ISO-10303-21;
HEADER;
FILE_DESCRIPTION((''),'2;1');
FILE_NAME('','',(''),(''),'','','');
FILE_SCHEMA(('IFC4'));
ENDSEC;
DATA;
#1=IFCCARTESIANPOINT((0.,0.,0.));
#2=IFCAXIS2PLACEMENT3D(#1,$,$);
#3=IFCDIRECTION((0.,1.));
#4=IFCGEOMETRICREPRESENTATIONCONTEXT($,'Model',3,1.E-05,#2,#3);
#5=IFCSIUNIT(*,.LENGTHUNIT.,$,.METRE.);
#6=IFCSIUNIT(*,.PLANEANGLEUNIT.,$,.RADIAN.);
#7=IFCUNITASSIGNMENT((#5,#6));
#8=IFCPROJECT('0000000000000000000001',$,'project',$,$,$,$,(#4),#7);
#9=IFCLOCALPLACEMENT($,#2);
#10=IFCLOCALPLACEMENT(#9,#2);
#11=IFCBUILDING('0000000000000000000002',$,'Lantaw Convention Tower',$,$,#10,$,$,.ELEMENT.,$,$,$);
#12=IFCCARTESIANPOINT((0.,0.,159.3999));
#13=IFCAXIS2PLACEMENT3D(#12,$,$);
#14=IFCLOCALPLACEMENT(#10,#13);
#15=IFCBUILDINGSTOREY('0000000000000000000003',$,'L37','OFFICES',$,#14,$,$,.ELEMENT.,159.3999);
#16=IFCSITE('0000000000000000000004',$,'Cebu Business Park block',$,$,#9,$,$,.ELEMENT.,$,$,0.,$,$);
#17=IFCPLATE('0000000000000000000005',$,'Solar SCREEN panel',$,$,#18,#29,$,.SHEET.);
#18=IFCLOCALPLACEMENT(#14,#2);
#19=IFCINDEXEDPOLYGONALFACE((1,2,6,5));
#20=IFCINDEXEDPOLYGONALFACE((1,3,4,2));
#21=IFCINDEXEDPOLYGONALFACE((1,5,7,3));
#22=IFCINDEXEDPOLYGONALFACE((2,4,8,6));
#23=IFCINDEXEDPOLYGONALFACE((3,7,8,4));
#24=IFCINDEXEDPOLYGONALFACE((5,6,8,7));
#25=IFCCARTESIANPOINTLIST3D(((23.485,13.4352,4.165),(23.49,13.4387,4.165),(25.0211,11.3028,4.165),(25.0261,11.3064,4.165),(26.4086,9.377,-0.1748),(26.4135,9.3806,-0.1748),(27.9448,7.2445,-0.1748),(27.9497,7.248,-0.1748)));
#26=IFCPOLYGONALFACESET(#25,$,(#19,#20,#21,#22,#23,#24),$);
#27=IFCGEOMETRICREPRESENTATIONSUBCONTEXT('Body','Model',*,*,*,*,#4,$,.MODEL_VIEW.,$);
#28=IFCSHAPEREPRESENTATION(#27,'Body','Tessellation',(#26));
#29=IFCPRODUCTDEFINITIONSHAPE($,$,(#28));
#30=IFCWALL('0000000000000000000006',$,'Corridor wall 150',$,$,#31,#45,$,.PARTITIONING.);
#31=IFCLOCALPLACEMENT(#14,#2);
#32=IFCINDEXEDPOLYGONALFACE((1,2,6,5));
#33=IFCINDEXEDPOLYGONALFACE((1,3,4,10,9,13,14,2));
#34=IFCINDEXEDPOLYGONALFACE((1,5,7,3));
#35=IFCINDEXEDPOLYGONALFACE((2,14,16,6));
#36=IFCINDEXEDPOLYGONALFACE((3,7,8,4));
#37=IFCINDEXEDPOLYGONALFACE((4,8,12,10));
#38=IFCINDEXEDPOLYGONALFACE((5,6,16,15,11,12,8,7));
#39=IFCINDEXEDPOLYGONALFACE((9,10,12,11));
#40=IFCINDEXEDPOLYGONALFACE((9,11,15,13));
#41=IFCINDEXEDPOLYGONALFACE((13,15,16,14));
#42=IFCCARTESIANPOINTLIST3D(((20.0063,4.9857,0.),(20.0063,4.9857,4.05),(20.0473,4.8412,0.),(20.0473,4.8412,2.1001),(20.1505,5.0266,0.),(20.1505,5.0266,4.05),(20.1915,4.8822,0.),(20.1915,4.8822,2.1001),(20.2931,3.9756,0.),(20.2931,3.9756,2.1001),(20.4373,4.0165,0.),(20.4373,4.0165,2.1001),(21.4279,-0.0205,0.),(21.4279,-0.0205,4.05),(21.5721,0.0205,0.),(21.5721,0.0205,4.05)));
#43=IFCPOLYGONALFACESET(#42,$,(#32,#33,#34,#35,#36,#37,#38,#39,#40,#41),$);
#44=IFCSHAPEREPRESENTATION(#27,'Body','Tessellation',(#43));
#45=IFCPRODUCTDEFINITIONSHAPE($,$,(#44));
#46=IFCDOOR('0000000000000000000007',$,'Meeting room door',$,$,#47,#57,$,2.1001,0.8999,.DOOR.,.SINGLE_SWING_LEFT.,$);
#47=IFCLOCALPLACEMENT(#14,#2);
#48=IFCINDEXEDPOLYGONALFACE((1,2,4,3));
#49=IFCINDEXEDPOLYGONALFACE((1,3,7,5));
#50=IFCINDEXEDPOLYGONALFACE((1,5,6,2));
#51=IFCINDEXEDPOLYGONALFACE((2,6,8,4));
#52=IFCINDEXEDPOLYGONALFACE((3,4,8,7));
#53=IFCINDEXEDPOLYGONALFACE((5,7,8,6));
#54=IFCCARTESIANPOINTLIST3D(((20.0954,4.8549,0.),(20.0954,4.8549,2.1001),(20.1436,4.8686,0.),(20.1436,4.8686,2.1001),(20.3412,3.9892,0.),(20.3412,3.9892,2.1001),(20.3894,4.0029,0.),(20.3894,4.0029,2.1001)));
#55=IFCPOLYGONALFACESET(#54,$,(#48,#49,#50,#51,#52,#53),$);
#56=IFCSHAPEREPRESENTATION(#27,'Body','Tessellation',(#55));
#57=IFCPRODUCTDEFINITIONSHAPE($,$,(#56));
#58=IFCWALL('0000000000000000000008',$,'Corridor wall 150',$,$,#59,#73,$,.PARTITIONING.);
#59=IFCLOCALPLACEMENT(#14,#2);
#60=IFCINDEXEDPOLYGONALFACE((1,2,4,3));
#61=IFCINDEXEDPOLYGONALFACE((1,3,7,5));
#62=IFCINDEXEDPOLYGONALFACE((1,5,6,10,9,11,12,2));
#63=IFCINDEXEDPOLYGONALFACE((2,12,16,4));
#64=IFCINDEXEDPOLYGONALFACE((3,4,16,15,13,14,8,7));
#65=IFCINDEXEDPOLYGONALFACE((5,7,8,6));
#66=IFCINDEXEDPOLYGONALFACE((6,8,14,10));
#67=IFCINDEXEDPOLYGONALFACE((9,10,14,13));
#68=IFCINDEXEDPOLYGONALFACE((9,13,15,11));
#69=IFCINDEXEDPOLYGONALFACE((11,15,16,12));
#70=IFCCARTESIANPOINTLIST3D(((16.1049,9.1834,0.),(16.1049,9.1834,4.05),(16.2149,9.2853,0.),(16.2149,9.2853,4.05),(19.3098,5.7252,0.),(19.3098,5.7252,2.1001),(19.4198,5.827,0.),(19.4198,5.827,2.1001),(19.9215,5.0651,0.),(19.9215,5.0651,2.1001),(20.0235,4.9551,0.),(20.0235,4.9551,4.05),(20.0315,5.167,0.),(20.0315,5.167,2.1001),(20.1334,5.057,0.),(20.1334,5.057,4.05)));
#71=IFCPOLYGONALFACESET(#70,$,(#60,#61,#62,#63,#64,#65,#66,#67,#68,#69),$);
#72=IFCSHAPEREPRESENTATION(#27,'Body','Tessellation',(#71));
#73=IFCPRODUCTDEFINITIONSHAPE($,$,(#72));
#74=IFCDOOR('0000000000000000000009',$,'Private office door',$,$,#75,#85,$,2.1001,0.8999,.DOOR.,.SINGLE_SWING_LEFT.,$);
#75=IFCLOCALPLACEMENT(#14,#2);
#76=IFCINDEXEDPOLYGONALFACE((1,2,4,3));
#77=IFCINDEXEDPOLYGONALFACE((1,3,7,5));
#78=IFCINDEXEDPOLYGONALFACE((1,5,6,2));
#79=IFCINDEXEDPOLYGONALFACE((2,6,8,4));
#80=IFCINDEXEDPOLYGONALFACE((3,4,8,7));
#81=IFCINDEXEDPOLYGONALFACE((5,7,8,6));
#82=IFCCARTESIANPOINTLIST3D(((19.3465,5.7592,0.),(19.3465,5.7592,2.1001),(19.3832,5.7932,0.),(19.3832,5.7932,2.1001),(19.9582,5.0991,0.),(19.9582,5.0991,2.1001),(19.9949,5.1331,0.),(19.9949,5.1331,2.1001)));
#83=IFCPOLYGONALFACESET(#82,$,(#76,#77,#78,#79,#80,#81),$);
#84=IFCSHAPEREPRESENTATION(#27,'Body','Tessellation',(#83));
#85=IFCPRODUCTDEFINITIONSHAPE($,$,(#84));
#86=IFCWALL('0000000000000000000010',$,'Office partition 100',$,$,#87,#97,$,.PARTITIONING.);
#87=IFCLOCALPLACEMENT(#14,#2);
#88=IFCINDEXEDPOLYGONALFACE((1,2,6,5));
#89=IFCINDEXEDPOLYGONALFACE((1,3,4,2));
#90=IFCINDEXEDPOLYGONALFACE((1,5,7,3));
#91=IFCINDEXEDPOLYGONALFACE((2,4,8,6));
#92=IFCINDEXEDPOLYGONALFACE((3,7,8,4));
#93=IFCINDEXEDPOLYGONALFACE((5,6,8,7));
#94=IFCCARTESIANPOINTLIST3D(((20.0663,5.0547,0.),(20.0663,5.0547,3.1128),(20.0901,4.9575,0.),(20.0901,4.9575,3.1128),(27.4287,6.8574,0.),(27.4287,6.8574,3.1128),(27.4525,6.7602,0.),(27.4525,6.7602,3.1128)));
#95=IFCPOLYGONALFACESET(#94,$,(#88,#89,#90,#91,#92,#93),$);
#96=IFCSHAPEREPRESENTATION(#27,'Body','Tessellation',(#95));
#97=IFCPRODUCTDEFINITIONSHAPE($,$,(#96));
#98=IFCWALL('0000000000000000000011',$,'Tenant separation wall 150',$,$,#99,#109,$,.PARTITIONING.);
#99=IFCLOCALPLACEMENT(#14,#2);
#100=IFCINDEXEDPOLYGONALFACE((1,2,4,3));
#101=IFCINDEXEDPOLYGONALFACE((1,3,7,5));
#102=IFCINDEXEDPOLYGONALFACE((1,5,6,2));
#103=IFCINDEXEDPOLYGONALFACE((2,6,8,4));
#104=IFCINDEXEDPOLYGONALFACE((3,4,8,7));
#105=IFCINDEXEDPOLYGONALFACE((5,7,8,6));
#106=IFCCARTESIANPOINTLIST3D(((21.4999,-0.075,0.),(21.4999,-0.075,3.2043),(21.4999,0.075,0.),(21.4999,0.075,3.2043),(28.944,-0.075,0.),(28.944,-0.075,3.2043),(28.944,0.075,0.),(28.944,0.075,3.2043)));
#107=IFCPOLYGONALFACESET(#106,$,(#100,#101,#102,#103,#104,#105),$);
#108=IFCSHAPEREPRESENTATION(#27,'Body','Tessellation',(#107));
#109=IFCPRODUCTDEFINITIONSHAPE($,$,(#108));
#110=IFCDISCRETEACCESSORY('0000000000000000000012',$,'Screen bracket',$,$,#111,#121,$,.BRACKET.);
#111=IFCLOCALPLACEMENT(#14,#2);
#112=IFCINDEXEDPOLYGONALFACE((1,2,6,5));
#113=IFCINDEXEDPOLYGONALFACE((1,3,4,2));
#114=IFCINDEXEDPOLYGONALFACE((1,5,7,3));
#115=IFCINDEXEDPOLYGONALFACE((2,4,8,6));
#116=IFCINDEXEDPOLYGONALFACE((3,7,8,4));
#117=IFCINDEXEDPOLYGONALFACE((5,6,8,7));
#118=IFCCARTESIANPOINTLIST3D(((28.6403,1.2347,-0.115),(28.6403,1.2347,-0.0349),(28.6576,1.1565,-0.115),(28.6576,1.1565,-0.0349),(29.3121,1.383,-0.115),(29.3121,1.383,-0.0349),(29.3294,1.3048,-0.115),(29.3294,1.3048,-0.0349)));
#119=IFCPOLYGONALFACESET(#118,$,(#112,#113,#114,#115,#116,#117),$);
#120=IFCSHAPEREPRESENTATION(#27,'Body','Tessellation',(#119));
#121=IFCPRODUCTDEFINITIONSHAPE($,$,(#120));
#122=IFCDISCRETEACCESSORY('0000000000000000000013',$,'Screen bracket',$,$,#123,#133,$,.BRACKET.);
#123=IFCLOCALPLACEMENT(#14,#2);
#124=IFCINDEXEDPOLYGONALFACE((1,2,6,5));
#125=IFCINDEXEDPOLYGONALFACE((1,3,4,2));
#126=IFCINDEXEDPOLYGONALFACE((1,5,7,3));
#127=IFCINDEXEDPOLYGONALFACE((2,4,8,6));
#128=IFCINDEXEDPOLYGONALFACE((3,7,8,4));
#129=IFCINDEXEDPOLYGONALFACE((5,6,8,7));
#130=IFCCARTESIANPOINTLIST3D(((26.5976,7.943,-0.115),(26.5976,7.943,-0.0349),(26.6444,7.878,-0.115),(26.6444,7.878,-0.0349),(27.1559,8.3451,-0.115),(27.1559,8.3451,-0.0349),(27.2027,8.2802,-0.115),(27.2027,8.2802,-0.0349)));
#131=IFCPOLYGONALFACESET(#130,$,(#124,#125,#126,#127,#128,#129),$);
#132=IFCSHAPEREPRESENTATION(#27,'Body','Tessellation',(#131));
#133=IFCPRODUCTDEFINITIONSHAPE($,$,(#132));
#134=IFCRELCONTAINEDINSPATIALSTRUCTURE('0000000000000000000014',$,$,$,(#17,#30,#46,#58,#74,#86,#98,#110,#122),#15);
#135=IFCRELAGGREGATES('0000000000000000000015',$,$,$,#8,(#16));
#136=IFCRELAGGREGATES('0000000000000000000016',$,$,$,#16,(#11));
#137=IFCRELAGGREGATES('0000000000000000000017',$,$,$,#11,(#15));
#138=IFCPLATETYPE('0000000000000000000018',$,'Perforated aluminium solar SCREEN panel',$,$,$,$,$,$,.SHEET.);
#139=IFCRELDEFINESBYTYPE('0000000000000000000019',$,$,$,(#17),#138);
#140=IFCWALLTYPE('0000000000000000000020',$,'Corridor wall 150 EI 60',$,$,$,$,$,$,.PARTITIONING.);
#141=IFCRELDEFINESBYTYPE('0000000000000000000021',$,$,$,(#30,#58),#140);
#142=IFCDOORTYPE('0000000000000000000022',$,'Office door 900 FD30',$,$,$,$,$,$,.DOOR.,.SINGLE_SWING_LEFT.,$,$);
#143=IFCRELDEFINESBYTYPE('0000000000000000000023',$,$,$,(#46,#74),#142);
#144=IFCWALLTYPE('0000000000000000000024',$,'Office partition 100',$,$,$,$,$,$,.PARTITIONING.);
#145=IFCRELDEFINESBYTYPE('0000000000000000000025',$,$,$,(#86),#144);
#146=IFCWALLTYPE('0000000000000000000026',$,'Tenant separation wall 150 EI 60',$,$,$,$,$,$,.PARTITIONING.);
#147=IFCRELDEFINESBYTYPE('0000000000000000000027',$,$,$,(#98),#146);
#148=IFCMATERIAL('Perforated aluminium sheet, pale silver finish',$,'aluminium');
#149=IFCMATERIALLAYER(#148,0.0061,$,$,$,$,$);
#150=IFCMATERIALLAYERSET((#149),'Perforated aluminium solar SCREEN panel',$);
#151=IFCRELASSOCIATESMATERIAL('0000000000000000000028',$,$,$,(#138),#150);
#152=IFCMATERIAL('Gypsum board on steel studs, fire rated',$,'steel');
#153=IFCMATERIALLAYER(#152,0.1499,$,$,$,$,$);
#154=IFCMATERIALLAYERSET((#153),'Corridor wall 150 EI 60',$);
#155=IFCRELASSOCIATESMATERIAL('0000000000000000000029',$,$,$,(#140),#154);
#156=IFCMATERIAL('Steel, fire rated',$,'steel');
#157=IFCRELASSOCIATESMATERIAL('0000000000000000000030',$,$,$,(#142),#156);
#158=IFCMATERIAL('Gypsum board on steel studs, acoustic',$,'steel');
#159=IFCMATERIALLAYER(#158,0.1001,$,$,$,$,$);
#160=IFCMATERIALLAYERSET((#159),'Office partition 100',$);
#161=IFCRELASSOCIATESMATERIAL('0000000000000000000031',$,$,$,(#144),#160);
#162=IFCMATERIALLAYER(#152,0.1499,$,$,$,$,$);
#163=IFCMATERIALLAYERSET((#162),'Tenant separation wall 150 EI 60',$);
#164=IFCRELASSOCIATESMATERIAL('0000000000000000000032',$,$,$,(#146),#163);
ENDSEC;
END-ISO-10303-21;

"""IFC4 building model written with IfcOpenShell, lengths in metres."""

from ifc_helpers import new_model, si_unit, direction, frame, frame_2d, origin, origin_2d, place, context, subcontext, project, spatial, polyline, rectangle, outline, extrude, material, layer, layer_set, type_object, element, fill, save


model = new_model("IFC4")

# Units and contexts
model_context = context("Model", 3, precision=1e-05, world=origin(), true_north=direction((0.0, 1.0)))
body_context = subcontext(model_context, "Body", "Model", "MODEL_VIEW")
ifc_project = project(units=[si_unit("LENGTHUNIT", "METRE"), si_unit("PLANEANGLEUNIT", "RADIAN")], contexts=[model_context])

# Site, building, storey
site_placement = place(None, origin())
site = spatial("IfcSite", under=ifc_project, at=site_placement, Name="Cebu Business Park block", CompositionType="ELEMENT", RefElevation=0.0)
building_placement = place(site_placement, origin())
building = spatial("IfcBuilding", under=site, at=building_placement, Name="Lantaw Convention Tower", CompositionType="ELEMENT")
storey_placement = place(building_placement, frame((0.0, 0.0, 159.3999)))
storey = spatial("IfcBuildingStorey", under=building, at=storey_placement, Name="L37", Description="OFFICES", CompositionType="ELEMENT", Elevation=159.3999)

# Plate
ifc_material_1 = material(Name="Perforated aluminium sheet, pale silver finish", Category="aluminium")
ifc_layer_1 = layer(ifc_material_1, 0.0061)
ifc_layer_set_1 = layer_set([ifc_layer_1], Name="Perforated aluminium solar SCREEN panel")
plate_type_1 = type_object("IfcPlateType", Name="Perforated aluminium solar SCREEN panel", PredefinedType="SHEET", material=ifc_layer_set_1)
plate_1_placement = place(storey_placement, frame((27.9497, 7.248, -0.1748), z_axis=(0.811395, 0.584498, 0.000036), x_axis=(-0.584498, 0.811395, 0.0)))
element("IfcPlate", 1, at=plate_1_placement, inside=storey, type_object=plate_type_1, Name="Solar SCREEN panel", PredefinedType="SHEET", context=body_context, shape_type="SweptSolid", body=[
    extrude(outline(polyline([(0.0, 0.0), (2.6282, 0.0), (7.6298, 4.3398), (5.0018, 4.3398), (0.0, 0.0)])), origin(), (0.0, 0.0, -1.0), 0.0061),
])

# Walls, openings, doors
ifc_material_2 = material(Name="Gypsum board on steel studs, fire rated", Category="steel")
ifc_layer_2 = layer(ifc_material_2, 0.1499)
ifc_layer_set_2 = layer_set([ifc_layer_2], Name="Corridor wall 150 EI 60")
wall_type_1 = type_object("IfcWallType", Name="Corridor wall 150 EI 60", PredefinedType="PARTITIONING", material=ifc_layer_set_2)
wall_1_placement = place(storey_placement, frame((21.5, 0.0, 0.0), z_axis=(0.0, 0.0, 1.0), x_axis=(-0.273178, 0.961964, 0.0)))
wall_1 = element("IfcWall", 2, at=wall_1_placement, inside=storey, type_object=wall_type_1, Name="Corridor wall 150", PredefinedType="PARTITIONING", context=body_context, shape_type="SweptSolid", body=[
    extrude(rectangle(XDim=5.2041, YDim=0.1499, at=frame_2d((2.6021, 0.0))), origin(), (0.0, 0.0, 1.0), 4.05),
])
opening_1_placement = place(wall_1_placement, frame((4.1541, 0.0, 0.0)))
opening_1 = element("IfcOpeningElement", 3, at=opening_1_placement, cuts=wall_1, PredefinedType="OPENING", context=body_context, shape_type="SweptSolid", body=[
    extrude(rectangle(XDim=0.8999, YDim=2.1001, at=frame_2d((0.45, 1.05))), frame((0.0, 0.085, 0.0), z_axis=(0.0, -1.0, 0.0), x_axis=(1.0, 0.0, 0.0)), (0.0, 0.0, 1.0), 0.1699),
])
ifc_material_3 = material(Name="Steel, fire rated", Category="steel")
door_type = type_object("IfcDoorType", Name="Office door 900 FD30", OperationType="SINGLE_SWING_LEFT", PredefinedType="DOOR", material=ifc_material_3)
door_1_placement = place(opening_1_placement, origin())
door_1 = element("IfcDoor", 4, at=door_1_placement, inside=storey, type_object=door_type, Name="Meeting room door", OperationType="SINGLE_SWING_LEFT", OverallHeight=2.1001, OverallWidth=0.8999, PredefinedType="DOOR", context=body_context, shape_type="SweptSolid", body=[
    extrude(rectangle(XDim=0.8999, YDim=2.1001, at=frame_2d((0.45, 1.05))), frame((0.0, 0.0249, 0.0), z_axis=(0.0, -1.0, 0.0), x_axis=(1.0, 0.0, 0.0)), (0.0, 0.0, 1.0), 0.05),
])
fill(opening_1, door_1)
wall_2_placement = place(storey_placement, frame((20.0784, 5.0061, 0.0), z_axis=(0.0, 0.0, 1.0), x_axis=(-0.679725, 0.733467, 0.0)))
wall_2 = element("IfcWall", 5, at=wall_2_placement, inside=storey, type_object=wall_type_1, Name="Corridor wall 150", PredefinedType="PARTITIONING", context=body_context, shape_type="SweptSolid", body=[
    extrude(rectangle(XDim=5.7649, YDim=0.1499, at=frame_2d((2.8823, 0.0))), origin(), (0.0, 0.0, 1.0), 4.05),
])
opening_2_placement = place(wall_2_placement, frame((0.1499, 0.0, 0.0)))
opening_2 = element("IfcOpeningElement", 6, at=opening_2_placement, cuts=wall_2, PredefinedType="OPENING", context=body_context, shape_type="SweptSolid", body=[
    extrude(rectangle(XDim=0.8999, YDim=2.1001, at=frame_2d((0.45, 1.05))), frame((0.0, 0.085, 0.0), z_axis=(0.0, -1.0, 0.0), x_axis=(1.0, 0.0, 0.0)), (0.0, 0.0, 1.0), 0.1699),
])
door_2_placement = place(opening_2_placement, origin())
door_2 = element("IfcDoor", 7, at=door_2_placement, inside=storey, type_object=door_type, Name="Private office door", OperationType="SINGLE_SWING_LEFT", OverallHeight=2.1001, OverallWidth=0.8999, PredefinedType="DOOR", context=body_context, shape_type="SweptSolid", body=[
    extrude(rectangle(XDim=0.8999, YDim=2.1001, at=frame_2d((0.45, 1.05))), frame((0.0, 0.0249, 0.0), z_axis=(0.0, -1.0, 0.0), x_axis=(1.0, 0.0, 0.0)), (0.0, 0.0, 1.0), 0.05),
])
fill(opening_2, door_2)

# Walls
ifc_material_4 = material(Name="Gypsum board on steel studs, acoustic", Category="steel")
ifc_layer_3 = layer(ifc_material_4, 0.1001)
ifc_layer_set_3 = layer_set([ifc_layer_3], Name="Office partition 100")
wall_type_2 = type_object("IfcWallType", Name="Office partition 100", PredefinedType="PARTITIONING", material=ifc_layer_set_3)
wall_3_placement = place(storey_placement, frame((27.4407, 6.8088, 0.0), z_axis=(0.0, 0.0, 1.0), x_axis=(-0.971306, -0.237834, 0.0)))
element("IfcWall", 8, at=wall_3_placement, inside=storey, type_object=wall_type_2, Name="Office partition 100", PredefinedType="PARTITIONING", context=body_context, shape_type="SweptSolid", body=[
    extrude(rectangle(XDim=7.5798, YDim=0.1001, at=frame_2d((3.79, 0.0))), origin(), (0.0, 0.0, 1.0), 3.1128),
])
ifc_layer_4 = layer(ifc_material_2, 0.1499)
ifc_layer_set_4 = layer_set([ifc_layer_4], Name="Tenant separation wall 150 EI 60")
wall_type_3 = type_object("IfcWallType", Name="Tenant separation wall 150 EI 60", PredefinedType="PARTITIONING", material=ifc_layer_set_4)
wall_4_placement = place(storey_placement, frame((28.9441, 0.0, 0.0), z_axis=(0.0, 0.0, 1.0), x_axis=(-1.0, 0.0, 0.0)))
element("IfcWall", 9, at=wall_4_placement, inside=storey, type_object=wall_type_3, Name="Tenant separation wall 150", PredefinedType="PARTITIONING", context=body_context, shape_type="SweptSolid", body=[
    extrude(rectangle(XDim=7.4441, YDim=0.1499, at=frame_2d((3.7222, 0.0))), origin(), (0.0, 0.0, 1.0), 3.2043),
])

# Discrete accessories
for number, where, z_axis, x_axis, name in (
    (10, (28.9849, 1.2698, -0.115), (0.0, 0.0, 1.0), (-0.215546, 0.976494, 0.0), "Screen bracket"),
    (11, (26.9001, 8.1116, -0.115), (0.0, 0.0, 1.0), (-0.584513, 0.811385, 0.0), "Screen bracket"),
):
    element("IfcDiscreteAccessory", number, at=place(storey_placement, frame(where, z_axis=z_axis, x_axis=x_axis)), inside=storey, Name=name, PredefinedType="BRACKET", context=body_context, shape_type="SweptSolid", body=[
        extrude(rectangle(XDim=0.0801, YDim=0.688, at=origin_2d()), origin(), (0.0, 0.0, 1.0), 0.0801),
    ])

save(model, "model.ifc")
